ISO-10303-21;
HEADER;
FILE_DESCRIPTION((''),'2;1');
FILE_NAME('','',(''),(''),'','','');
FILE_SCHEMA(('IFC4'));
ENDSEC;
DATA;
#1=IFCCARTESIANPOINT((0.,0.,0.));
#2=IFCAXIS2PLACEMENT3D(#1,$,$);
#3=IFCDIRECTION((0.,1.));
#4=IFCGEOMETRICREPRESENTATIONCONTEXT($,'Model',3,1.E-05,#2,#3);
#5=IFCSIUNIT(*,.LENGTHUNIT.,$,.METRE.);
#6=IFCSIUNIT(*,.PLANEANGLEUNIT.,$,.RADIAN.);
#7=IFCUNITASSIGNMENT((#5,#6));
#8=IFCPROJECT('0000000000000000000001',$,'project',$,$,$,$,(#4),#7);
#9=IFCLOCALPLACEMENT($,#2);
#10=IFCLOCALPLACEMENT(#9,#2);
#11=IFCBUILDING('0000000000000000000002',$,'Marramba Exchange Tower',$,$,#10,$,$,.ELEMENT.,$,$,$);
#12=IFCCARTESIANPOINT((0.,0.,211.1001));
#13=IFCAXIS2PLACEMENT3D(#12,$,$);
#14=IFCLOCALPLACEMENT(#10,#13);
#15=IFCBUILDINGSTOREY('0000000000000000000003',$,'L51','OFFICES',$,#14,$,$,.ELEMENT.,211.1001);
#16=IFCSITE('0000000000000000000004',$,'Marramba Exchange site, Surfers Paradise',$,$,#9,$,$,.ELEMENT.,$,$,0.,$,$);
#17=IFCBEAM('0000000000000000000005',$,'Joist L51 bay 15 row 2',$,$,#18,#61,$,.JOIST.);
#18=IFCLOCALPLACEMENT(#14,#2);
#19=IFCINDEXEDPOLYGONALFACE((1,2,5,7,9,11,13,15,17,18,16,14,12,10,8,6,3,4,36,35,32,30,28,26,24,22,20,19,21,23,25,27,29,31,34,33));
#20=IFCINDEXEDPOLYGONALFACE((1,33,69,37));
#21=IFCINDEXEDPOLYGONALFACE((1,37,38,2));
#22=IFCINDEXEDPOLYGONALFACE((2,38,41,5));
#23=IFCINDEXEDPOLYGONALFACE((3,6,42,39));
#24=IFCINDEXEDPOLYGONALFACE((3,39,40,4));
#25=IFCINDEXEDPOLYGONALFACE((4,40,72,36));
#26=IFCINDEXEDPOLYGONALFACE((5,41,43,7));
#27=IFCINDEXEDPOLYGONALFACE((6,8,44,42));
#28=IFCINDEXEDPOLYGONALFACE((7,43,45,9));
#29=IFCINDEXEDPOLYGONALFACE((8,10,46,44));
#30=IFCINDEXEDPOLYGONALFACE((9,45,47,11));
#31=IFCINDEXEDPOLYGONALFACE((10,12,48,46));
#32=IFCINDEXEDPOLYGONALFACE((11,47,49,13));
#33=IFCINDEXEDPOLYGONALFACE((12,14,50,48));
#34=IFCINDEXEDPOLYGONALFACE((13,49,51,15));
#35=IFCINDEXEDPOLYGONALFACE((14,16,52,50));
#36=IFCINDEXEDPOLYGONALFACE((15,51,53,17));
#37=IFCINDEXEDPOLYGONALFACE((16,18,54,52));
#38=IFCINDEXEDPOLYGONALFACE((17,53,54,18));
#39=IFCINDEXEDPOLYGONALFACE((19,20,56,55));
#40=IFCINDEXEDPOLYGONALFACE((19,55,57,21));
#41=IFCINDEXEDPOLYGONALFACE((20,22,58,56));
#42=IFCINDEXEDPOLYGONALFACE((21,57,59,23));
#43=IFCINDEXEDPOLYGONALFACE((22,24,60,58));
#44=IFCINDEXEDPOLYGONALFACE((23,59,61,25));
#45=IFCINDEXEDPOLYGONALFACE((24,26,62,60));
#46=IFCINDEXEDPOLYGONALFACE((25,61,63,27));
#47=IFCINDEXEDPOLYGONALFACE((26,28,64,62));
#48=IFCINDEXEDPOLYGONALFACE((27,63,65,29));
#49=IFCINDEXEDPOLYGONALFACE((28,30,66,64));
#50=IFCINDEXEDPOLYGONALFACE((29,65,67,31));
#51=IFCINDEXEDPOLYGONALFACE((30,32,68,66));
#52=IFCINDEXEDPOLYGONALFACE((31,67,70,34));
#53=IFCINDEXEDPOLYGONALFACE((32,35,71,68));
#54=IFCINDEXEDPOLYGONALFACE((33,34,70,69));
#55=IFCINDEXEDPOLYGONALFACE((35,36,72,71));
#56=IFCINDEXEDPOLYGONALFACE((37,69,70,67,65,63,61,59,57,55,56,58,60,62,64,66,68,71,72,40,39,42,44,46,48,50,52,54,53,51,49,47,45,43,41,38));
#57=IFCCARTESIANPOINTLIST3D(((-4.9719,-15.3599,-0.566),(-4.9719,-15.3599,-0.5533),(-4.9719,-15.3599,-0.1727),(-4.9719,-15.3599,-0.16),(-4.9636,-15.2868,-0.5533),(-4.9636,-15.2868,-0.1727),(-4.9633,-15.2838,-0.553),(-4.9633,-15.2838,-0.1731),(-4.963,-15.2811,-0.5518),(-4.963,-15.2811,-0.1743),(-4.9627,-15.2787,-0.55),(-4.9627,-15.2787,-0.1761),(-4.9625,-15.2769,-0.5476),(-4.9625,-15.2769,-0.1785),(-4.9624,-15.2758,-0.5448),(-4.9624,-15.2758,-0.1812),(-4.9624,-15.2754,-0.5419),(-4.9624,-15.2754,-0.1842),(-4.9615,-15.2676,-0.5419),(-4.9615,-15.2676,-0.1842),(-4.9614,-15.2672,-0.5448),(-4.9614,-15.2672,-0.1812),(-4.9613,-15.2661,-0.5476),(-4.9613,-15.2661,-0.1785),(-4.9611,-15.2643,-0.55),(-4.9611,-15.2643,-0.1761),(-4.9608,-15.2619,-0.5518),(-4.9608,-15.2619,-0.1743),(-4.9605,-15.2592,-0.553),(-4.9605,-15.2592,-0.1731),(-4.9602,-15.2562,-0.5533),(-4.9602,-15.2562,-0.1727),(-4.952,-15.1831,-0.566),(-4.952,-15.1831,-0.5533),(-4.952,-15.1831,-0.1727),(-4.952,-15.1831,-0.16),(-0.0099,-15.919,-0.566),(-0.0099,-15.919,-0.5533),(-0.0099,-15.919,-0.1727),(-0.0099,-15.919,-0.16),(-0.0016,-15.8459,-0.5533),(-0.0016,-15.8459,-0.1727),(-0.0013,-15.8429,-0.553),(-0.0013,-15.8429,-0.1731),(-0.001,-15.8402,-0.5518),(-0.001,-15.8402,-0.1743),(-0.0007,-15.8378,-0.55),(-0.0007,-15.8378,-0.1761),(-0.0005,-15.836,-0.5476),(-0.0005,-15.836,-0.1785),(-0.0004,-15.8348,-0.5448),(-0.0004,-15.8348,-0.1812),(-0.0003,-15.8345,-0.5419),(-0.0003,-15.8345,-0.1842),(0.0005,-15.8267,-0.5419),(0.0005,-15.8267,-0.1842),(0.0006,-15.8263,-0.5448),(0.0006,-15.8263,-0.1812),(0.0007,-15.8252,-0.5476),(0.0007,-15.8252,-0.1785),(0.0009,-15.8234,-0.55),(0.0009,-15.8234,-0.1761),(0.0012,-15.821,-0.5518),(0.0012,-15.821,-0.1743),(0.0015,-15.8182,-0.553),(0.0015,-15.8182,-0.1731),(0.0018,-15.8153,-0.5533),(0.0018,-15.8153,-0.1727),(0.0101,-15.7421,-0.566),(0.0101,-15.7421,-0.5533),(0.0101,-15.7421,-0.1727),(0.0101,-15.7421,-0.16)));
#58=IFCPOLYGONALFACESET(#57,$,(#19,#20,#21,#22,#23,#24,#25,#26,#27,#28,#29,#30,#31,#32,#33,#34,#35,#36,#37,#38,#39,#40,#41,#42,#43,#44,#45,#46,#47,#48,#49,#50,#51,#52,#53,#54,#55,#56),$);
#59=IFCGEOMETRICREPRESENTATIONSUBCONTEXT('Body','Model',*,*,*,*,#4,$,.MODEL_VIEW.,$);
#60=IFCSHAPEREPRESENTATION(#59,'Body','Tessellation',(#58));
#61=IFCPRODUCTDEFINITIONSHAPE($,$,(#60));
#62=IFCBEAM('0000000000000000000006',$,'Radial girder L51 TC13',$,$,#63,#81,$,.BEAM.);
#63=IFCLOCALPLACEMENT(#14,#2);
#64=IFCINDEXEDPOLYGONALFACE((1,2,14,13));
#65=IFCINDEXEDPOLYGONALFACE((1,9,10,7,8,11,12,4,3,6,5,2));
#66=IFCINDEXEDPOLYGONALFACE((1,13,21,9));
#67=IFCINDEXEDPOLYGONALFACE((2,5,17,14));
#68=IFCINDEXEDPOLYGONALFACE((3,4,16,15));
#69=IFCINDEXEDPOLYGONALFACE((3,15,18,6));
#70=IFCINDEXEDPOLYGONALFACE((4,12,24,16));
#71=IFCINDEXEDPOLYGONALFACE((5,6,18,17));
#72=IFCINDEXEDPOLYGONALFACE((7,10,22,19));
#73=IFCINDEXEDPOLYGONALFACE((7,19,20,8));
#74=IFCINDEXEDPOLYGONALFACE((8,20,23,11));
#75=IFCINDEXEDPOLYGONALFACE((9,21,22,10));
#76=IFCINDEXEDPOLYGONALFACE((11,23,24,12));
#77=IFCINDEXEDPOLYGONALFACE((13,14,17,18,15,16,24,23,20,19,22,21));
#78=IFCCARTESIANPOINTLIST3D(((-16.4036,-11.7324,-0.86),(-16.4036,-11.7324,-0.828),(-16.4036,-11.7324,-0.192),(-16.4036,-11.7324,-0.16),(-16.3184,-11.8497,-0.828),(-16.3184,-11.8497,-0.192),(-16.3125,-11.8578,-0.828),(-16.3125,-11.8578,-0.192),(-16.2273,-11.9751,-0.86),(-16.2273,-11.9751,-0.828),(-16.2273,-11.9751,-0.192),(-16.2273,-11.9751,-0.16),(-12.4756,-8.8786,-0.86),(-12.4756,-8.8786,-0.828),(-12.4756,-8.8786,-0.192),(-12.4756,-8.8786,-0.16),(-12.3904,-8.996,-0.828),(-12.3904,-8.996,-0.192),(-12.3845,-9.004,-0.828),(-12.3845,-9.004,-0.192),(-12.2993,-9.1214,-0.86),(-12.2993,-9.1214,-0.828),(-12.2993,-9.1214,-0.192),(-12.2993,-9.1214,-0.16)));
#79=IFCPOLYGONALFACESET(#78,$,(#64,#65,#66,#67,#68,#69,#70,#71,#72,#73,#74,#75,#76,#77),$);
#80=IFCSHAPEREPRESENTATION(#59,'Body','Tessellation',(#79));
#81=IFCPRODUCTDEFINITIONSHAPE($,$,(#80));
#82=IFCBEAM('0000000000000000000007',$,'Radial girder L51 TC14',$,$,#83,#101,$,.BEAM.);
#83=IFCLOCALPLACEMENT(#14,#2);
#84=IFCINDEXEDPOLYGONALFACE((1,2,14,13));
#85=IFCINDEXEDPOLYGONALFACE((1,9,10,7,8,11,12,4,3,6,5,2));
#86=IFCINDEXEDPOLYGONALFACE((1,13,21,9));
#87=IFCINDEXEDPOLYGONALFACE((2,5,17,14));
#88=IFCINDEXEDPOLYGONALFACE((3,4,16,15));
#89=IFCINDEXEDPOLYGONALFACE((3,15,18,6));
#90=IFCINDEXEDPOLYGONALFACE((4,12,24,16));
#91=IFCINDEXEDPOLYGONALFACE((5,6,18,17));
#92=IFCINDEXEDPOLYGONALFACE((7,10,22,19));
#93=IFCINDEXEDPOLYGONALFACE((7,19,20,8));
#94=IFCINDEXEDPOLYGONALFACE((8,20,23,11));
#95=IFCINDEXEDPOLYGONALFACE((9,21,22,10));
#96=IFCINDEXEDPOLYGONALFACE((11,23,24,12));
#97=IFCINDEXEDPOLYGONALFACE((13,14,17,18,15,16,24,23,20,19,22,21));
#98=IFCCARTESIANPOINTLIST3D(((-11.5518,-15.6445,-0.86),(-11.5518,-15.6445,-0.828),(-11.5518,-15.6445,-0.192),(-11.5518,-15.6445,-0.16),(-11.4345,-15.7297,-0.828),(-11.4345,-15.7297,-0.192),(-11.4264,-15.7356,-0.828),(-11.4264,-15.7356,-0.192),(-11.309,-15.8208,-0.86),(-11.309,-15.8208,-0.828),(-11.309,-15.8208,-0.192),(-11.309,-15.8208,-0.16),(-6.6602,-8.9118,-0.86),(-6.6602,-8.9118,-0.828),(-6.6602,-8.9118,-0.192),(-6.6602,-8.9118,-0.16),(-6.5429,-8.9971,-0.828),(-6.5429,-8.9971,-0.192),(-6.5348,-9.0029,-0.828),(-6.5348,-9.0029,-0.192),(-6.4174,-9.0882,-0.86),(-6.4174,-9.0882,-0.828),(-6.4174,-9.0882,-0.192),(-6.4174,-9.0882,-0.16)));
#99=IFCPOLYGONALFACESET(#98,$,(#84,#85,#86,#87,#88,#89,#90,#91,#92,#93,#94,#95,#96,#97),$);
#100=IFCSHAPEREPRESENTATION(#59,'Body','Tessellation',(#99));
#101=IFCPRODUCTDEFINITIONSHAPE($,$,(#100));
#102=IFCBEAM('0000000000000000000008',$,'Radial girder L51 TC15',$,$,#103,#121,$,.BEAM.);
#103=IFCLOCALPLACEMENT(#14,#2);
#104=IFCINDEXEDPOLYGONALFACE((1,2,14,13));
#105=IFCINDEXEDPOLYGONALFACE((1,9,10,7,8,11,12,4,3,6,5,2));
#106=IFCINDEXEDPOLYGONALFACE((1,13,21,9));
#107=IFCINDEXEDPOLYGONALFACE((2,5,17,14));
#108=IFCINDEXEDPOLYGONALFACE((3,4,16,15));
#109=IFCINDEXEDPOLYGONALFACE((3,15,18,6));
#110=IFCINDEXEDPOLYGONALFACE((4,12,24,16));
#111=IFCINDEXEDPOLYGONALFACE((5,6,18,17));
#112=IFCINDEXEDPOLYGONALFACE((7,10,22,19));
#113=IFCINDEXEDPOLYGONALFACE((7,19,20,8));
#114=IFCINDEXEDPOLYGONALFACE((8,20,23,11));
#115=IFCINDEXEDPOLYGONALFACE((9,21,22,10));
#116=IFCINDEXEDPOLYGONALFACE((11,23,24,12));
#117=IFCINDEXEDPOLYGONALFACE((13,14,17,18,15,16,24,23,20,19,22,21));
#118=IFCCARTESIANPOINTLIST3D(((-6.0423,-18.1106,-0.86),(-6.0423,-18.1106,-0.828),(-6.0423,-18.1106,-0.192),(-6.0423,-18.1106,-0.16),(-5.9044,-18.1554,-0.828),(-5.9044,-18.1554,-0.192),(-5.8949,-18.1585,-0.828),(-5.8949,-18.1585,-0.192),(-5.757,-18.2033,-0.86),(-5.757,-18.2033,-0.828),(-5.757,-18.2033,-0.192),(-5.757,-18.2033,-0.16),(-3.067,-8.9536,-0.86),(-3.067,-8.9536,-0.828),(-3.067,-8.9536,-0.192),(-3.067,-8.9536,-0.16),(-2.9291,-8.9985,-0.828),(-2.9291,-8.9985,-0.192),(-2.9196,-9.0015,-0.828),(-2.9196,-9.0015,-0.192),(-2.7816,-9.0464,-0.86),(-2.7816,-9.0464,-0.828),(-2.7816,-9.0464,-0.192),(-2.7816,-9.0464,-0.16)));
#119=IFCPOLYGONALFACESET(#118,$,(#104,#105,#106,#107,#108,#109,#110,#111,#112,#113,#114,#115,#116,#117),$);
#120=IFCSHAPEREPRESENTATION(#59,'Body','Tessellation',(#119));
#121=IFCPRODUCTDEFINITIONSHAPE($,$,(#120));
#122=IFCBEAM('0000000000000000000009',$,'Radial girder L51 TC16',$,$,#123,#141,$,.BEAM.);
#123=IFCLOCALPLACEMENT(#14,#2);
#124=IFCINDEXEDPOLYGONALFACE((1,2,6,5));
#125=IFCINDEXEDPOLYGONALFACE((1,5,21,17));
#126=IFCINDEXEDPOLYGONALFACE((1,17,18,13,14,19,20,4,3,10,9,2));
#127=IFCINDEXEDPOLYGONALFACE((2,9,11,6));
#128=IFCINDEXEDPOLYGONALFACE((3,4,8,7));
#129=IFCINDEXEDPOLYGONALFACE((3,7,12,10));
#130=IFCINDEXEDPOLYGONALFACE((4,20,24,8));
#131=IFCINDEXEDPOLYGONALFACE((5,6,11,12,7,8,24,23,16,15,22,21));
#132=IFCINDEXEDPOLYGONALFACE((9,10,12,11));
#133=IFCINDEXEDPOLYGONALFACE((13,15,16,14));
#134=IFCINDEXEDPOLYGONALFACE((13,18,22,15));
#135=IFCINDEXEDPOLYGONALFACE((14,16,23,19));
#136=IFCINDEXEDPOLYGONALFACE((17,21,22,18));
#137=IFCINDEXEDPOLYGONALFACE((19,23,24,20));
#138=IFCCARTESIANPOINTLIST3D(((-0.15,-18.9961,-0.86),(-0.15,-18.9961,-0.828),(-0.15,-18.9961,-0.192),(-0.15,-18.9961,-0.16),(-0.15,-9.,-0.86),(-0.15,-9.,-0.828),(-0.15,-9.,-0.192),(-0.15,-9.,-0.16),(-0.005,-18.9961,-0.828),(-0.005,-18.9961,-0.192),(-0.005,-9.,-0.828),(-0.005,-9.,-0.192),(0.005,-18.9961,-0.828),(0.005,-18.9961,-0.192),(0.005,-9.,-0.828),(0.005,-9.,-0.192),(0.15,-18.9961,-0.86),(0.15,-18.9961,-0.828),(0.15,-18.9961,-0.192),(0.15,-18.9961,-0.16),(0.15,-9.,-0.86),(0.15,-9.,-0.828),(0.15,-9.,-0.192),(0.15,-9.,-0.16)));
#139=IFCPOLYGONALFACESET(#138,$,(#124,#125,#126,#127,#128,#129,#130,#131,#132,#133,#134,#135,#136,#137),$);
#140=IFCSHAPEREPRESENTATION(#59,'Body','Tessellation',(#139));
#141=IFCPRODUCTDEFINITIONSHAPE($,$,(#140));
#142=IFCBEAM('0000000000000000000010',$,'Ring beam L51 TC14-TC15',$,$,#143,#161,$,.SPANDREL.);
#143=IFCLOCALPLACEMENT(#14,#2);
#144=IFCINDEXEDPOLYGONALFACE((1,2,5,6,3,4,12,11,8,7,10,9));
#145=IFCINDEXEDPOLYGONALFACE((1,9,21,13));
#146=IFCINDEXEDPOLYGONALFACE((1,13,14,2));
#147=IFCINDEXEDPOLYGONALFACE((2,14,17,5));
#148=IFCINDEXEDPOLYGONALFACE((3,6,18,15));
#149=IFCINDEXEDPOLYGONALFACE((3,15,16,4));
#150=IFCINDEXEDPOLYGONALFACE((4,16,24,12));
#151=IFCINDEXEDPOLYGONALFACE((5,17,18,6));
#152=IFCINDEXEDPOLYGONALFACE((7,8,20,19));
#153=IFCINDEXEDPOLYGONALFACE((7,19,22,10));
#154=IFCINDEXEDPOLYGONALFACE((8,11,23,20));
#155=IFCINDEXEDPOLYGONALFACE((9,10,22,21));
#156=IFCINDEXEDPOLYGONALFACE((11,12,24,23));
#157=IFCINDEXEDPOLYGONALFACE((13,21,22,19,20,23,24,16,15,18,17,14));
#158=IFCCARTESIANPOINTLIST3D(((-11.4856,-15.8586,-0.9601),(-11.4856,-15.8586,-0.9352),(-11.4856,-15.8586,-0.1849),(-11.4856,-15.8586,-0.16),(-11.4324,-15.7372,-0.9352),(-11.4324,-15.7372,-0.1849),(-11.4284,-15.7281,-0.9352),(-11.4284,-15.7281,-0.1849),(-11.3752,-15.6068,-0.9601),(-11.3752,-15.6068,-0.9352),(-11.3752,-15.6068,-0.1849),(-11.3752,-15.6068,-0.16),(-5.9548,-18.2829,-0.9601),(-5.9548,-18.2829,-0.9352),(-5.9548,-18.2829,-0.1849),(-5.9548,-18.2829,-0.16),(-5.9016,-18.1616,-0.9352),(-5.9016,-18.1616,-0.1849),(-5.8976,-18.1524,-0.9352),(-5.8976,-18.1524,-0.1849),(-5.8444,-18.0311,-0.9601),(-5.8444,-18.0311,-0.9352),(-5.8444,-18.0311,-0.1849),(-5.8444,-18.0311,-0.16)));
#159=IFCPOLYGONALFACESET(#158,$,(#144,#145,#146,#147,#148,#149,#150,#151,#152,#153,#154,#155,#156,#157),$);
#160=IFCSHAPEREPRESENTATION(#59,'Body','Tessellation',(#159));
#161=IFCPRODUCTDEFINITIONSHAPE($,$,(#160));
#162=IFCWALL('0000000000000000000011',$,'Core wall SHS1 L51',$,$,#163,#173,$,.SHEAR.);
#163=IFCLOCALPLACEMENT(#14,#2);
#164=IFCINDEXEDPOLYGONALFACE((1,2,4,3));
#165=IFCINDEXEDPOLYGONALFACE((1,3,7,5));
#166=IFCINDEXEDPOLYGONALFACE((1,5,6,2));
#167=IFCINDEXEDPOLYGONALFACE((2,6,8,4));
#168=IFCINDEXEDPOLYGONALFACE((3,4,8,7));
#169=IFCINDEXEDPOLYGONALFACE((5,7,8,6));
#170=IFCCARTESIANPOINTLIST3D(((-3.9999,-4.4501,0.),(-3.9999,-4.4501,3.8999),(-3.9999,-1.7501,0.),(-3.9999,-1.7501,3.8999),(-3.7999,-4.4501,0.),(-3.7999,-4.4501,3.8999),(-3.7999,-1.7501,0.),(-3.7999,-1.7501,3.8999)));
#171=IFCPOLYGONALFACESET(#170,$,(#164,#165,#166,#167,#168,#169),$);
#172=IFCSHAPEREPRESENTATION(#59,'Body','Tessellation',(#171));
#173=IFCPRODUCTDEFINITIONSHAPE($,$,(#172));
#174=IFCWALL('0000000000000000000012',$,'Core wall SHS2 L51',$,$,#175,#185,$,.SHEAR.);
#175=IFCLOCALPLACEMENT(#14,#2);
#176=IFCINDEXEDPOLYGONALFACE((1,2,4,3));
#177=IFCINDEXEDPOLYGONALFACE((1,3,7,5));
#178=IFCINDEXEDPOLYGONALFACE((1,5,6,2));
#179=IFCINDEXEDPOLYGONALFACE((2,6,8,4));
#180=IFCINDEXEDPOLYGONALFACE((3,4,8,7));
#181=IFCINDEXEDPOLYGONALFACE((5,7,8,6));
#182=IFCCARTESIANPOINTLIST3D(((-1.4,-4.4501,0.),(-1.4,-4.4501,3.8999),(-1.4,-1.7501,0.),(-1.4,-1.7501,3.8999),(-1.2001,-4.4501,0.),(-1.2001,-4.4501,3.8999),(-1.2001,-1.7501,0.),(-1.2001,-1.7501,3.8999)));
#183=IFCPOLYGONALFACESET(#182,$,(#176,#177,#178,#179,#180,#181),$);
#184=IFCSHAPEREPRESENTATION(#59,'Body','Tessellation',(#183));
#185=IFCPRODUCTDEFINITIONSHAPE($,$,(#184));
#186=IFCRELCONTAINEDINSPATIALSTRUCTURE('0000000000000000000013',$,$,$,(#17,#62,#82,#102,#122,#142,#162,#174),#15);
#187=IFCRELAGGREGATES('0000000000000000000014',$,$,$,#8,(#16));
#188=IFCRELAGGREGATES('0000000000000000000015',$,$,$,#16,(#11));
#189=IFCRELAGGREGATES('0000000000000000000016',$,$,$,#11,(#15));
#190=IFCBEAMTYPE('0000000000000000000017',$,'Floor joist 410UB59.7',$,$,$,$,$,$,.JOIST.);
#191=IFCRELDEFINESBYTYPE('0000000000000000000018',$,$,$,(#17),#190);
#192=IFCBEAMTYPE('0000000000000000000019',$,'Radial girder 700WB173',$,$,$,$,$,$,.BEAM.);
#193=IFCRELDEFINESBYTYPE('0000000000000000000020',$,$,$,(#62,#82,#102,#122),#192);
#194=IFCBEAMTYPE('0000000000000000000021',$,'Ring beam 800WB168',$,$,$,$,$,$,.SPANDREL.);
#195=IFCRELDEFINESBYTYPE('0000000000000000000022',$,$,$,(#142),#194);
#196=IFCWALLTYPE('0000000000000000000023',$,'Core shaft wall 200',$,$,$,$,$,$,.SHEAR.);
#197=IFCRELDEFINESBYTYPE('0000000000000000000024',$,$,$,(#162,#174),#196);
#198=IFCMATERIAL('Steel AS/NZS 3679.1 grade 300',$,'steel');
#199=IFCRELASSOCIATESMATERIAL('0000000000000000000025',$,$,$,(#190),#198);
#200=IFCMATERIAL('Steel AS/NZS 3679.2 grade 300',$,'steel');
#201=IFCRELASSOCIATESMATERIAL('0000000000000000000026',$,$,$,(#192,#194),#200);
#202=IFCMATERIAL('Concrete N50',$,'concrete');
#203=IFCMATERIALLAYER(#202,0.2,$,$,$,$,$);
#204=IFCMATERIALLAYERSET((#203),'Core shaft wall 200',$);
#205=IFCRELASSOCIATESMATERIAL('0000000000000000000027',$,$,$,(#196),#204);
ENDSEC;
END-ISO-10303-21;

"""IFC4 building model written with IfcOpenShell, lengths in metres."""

from ifc_helpers import new_model, si_unit, direction, frame, frame_2d, origin, origin_2d, place, context, subcontext, project, spatial, rectangle, i_section, extrude, material, layer, layer_set, material_profile, profile_set, type_object, element, save


model = new_model("IFC4")

# Units and contexts
model_context = context("Model", 3, precision=1e-05, world=origin(), true_north=direction((0.0, 1.0)))
body_context = subcontext(model_context, "Body", "Model", "MODEL_VIEW")
ifc_project = project(units=[si_unit("LENGTHUNIT", "METRE"), si_unit("PLANEANGLEUNIT", "RADIAN")], contexts=[model_context])

# Site, building, storey
site_placement = place(None, origin())
site = spatial("IfcSite", under=ifc_project, at=site_placement, Name="Marramba Exchange site, Surfers Paradise", CompositionType="ELEMENT", RefElevation=0.0)
building_placement = place(site_placement, origin())
building = spatial("IfcBuilding", under=site, at=building_placement, Name="Marramba Exchange Tower", CompositionType="ELEMENT")
storey_placement = place(building_placement, frame((0.0, 0.0, 211.1001)))
storey = spatial("IfcBuildingStorey", under=building, at=storey_placement, Name="L51", Description="OFFICES", CompositionType="ELEMENT", Elevation=211.1001)

# Shared definitions
ifc_material_1 = material(Name="Concrete N50", Category="concrete")

# Beams
ifc_material_2 = material(Name="Steel AS/NZS 3679.2 grade 300", Category="steel")
ifc_material_3 = material(Name="Steel AS/NZS 3679.1 grade 300", Category="steel")
ifc_material_profile_1 = material_profile(ifc_material_3, i_section(OverallWidth=0.178, OverallDepth=0.406, WebThickness=0.0078, FlangeThickness=0.0127, FilletRadius=0.0115, at=origin_2d()), Name="410UB59.7")
ifc_profile_set_1 = profile_set([ifc_material_profile_1], Name="Steel AS/NZS 3679.1 grade 300")
beam_type_1 = type_object("IfcBeamType", Name="Floor joist 410UB59.7", PredefinedType="JOIST", material=ifc_profile_set_1)
beam_1_placement = place(storey_placement, frame((-4.9619, -15.2715, -0.363), z_axis=(0.993712, -0.111966, 0.0), x_axis=(0.111966, 0.993712, 0.0)))
element("IfcBeam", 1, at=beam_1_placement, inside=storey, type_object=beam_type_1, Name="Joist L51 bay 15 row 2", PredefinedType="JOIST", context=body_context, shape_type="SweptSolid", body=[
    extrude(i_section(OverallWidth=0.178, OverallDepth=0.406, WebThickness=0.0078, FlangeThickness=0.0127, FilletRadius=0.0115, at=origin_2d()), origin(), (0.0, 0.0, 1.0), 4.9934),
])
ifc_material_profile_2 = material_profile(ifc_material_2, i_section(OverallWidth=0.3, OverallDepth=0.7, WebThickness=0.01, FlangeThickness=0.032, at=origin_2d()), Name="700WB173")
ifc_profile_set_2 = profile_set([ifc_material_profile_2], Name="Steel AS/NZS 3679.2 grade 300")
beam_type_2 = type_object("IfcBeamType", Name="Radial girder 700WB173", PredefinedType="BEAM", material=ifc_profile_set_2)
beam_2_placement = place(storey_placement, frame((-12.3875, -9.0, -0.51), z_axis=(-0.809025, -0.587774, 0.0), x_axis=(0.587774, -0.809025, 0.0)))
element("IfcBeam", 2, at=beam_2_placement, inside=storey, type_object=beam_type_2, Name="Radial girder L51 TC13", PredefinedType="BEAM", context=body_context, shape_type="SweptSolid", body=[
    extrude(i_section(OverallWidth=0.3, OverallDepth=0.7, WebThickness=0.01, FlangeThickness=0.032, at=origin_2d()), origin(), (0.0, 0.0, 1.0), 4.8552),
])
beam_3_placement = place(storey_placement, frame((-6.5388, -9.0, -0.51), z_axis=(-0.587788, -0.809015, 0.0), x_axis=(0.809015, -0.587788, 0.0)))
element("IfcBeam", 3, at=beam_3_placement, inside=storey, type_object=beam_type_2, Name="Radial girder L51 TC14", PredefinedType="BEAM", context=body_context, shape_type="SweptSolid", body=[
    extrude(i_section(OverallWidth=0.3, OverallDepth=0.7, WebThickness=0.01, FlangeThickness=0.032, at=origin_2d()), origin(), (0.0, 0.0, 1.0), 8.322),
])
beam_4_placement = place(storey_placement, frame((-2.9243, -9.0, -0.51), z_axis=(-0.309022, -0.951055, 0.0), x_axis=(0.951055, -0.309022, 0.0)))
element("IfcBeam", 4, at=beam_4_placement, inside=storey, type_object=beam_type_2, Name="Radial girder L51 TC15", PredefinedType="BEAM", context=body_context, shape_type="SweptSolid", body=[
    extrude(i_section(OverallWidth=0.3, OverallDepth=0.7, WebThickness=0.01, FlangeThickness=0.032, at=origin_2d()), origin(), (0.0, 0.0, 1.0), 9.6282),
])
beam_5_placement = place(storey_placement, frame((0.0, -9.0, -0.51), z_axis=(0.0, -1.0, 0.0), x_axis=(1.0, 0.0, 0.0)))
element("IfcBeam", 5, at=beam_5_placement, inside=storey, type_object=beam_type_2, Name="Radial girder L51 TC16", PredefinedType="BEAM", context=body_context, shape_type="SweptSolid", body=[
    extrude(i_section(OverallWidth=0.3, OverallDepth=0.7, WebThickness=0.01, FlangeThickness=0.032, at=origin_2d()), origin(), (0.0, 0.0, 1.0), 9.9961),
])
ifc_material_profile_3 = material_profile(ifc_material_2, i_section(OverallWidth=0.2749, OverallDepth=0.8, WebThickness=0.01, FlangeThickness=0.0249, at=origin_2d()), Name="800WB168")
ifc_profile_set_3 = profile_set([ifc_material_profile_3], Name="Steel AS/NZS 3679.2 grade 300")
beam_type_3 = type_object("IfcBeamType", Name="Ring beam 800WB168", PredefinedType="SPANDREL", material=ifc_profile_set_3)
beam_6_placement = place(storey_placement, frame((-11.4304, -15.7327, -0.5601), z_axis=(0.915877, -0.401459, 0.0), x_axis=(0.401459, 0.915877, 0.0)))
element("IfcBeam", 6, at=beam_6_placement, inside=storey, type_object=beam_type_3, Name="Ring beam L51 TC14-TC15", PredefinedType="SPANDREL", context=body_context, shape_type="SweptSolid", body=[
    extrude(i_section(OverallWidth=0.2749, OverallDepth=0.8, WebThickness=0.01, FlangeThickness=0.0249, at=origin_2d()), origin(), (0.0, 0.0, 1.0), 6.0388),
])

# Walls
ifc_layer_1 = layer(ifc_material_1, 0.2)
ifc_layer_set_1 = layer_set([ifc_layer_1], Name="Core shaft wall 200")
wall_type_1 = type_object("IfcWallType", Name="Core shaft wall 200", PredefinedType="SHEAR", material=ifc_layer_set_1)
for number, where, z_axis, x_axis, name in (
    (7, (-3.8999, -1.75, 0.0), (0.0, 0.0, 1.0), (0.0, -1.0, 0.0), "Core wall SHS1 L51"),
    (8, (-1.3, -1.75, 0.0), (0.0, 0.0, 1.0), (0.0, -1.0, 0.0), "Core wall SHS2 L51"),
):
    element("IfcWall", number, at=place(storey_placement, frame(where, z_axis=z_axis, x_axis=x_axis)), inside=storey, type_object=wall_type_1, Name=name, PredefinedType="SHEAR", context=body_context, shape_type="SweptSolid", body=[
        extrude(rectangle(XDim=2.7, YDim=0.2, at=frame_2d((1.3501, 0.0))), origin(), (0.0, 0.0, 1.0), 3.8999),
    ])

save(model, "model.ifc")
